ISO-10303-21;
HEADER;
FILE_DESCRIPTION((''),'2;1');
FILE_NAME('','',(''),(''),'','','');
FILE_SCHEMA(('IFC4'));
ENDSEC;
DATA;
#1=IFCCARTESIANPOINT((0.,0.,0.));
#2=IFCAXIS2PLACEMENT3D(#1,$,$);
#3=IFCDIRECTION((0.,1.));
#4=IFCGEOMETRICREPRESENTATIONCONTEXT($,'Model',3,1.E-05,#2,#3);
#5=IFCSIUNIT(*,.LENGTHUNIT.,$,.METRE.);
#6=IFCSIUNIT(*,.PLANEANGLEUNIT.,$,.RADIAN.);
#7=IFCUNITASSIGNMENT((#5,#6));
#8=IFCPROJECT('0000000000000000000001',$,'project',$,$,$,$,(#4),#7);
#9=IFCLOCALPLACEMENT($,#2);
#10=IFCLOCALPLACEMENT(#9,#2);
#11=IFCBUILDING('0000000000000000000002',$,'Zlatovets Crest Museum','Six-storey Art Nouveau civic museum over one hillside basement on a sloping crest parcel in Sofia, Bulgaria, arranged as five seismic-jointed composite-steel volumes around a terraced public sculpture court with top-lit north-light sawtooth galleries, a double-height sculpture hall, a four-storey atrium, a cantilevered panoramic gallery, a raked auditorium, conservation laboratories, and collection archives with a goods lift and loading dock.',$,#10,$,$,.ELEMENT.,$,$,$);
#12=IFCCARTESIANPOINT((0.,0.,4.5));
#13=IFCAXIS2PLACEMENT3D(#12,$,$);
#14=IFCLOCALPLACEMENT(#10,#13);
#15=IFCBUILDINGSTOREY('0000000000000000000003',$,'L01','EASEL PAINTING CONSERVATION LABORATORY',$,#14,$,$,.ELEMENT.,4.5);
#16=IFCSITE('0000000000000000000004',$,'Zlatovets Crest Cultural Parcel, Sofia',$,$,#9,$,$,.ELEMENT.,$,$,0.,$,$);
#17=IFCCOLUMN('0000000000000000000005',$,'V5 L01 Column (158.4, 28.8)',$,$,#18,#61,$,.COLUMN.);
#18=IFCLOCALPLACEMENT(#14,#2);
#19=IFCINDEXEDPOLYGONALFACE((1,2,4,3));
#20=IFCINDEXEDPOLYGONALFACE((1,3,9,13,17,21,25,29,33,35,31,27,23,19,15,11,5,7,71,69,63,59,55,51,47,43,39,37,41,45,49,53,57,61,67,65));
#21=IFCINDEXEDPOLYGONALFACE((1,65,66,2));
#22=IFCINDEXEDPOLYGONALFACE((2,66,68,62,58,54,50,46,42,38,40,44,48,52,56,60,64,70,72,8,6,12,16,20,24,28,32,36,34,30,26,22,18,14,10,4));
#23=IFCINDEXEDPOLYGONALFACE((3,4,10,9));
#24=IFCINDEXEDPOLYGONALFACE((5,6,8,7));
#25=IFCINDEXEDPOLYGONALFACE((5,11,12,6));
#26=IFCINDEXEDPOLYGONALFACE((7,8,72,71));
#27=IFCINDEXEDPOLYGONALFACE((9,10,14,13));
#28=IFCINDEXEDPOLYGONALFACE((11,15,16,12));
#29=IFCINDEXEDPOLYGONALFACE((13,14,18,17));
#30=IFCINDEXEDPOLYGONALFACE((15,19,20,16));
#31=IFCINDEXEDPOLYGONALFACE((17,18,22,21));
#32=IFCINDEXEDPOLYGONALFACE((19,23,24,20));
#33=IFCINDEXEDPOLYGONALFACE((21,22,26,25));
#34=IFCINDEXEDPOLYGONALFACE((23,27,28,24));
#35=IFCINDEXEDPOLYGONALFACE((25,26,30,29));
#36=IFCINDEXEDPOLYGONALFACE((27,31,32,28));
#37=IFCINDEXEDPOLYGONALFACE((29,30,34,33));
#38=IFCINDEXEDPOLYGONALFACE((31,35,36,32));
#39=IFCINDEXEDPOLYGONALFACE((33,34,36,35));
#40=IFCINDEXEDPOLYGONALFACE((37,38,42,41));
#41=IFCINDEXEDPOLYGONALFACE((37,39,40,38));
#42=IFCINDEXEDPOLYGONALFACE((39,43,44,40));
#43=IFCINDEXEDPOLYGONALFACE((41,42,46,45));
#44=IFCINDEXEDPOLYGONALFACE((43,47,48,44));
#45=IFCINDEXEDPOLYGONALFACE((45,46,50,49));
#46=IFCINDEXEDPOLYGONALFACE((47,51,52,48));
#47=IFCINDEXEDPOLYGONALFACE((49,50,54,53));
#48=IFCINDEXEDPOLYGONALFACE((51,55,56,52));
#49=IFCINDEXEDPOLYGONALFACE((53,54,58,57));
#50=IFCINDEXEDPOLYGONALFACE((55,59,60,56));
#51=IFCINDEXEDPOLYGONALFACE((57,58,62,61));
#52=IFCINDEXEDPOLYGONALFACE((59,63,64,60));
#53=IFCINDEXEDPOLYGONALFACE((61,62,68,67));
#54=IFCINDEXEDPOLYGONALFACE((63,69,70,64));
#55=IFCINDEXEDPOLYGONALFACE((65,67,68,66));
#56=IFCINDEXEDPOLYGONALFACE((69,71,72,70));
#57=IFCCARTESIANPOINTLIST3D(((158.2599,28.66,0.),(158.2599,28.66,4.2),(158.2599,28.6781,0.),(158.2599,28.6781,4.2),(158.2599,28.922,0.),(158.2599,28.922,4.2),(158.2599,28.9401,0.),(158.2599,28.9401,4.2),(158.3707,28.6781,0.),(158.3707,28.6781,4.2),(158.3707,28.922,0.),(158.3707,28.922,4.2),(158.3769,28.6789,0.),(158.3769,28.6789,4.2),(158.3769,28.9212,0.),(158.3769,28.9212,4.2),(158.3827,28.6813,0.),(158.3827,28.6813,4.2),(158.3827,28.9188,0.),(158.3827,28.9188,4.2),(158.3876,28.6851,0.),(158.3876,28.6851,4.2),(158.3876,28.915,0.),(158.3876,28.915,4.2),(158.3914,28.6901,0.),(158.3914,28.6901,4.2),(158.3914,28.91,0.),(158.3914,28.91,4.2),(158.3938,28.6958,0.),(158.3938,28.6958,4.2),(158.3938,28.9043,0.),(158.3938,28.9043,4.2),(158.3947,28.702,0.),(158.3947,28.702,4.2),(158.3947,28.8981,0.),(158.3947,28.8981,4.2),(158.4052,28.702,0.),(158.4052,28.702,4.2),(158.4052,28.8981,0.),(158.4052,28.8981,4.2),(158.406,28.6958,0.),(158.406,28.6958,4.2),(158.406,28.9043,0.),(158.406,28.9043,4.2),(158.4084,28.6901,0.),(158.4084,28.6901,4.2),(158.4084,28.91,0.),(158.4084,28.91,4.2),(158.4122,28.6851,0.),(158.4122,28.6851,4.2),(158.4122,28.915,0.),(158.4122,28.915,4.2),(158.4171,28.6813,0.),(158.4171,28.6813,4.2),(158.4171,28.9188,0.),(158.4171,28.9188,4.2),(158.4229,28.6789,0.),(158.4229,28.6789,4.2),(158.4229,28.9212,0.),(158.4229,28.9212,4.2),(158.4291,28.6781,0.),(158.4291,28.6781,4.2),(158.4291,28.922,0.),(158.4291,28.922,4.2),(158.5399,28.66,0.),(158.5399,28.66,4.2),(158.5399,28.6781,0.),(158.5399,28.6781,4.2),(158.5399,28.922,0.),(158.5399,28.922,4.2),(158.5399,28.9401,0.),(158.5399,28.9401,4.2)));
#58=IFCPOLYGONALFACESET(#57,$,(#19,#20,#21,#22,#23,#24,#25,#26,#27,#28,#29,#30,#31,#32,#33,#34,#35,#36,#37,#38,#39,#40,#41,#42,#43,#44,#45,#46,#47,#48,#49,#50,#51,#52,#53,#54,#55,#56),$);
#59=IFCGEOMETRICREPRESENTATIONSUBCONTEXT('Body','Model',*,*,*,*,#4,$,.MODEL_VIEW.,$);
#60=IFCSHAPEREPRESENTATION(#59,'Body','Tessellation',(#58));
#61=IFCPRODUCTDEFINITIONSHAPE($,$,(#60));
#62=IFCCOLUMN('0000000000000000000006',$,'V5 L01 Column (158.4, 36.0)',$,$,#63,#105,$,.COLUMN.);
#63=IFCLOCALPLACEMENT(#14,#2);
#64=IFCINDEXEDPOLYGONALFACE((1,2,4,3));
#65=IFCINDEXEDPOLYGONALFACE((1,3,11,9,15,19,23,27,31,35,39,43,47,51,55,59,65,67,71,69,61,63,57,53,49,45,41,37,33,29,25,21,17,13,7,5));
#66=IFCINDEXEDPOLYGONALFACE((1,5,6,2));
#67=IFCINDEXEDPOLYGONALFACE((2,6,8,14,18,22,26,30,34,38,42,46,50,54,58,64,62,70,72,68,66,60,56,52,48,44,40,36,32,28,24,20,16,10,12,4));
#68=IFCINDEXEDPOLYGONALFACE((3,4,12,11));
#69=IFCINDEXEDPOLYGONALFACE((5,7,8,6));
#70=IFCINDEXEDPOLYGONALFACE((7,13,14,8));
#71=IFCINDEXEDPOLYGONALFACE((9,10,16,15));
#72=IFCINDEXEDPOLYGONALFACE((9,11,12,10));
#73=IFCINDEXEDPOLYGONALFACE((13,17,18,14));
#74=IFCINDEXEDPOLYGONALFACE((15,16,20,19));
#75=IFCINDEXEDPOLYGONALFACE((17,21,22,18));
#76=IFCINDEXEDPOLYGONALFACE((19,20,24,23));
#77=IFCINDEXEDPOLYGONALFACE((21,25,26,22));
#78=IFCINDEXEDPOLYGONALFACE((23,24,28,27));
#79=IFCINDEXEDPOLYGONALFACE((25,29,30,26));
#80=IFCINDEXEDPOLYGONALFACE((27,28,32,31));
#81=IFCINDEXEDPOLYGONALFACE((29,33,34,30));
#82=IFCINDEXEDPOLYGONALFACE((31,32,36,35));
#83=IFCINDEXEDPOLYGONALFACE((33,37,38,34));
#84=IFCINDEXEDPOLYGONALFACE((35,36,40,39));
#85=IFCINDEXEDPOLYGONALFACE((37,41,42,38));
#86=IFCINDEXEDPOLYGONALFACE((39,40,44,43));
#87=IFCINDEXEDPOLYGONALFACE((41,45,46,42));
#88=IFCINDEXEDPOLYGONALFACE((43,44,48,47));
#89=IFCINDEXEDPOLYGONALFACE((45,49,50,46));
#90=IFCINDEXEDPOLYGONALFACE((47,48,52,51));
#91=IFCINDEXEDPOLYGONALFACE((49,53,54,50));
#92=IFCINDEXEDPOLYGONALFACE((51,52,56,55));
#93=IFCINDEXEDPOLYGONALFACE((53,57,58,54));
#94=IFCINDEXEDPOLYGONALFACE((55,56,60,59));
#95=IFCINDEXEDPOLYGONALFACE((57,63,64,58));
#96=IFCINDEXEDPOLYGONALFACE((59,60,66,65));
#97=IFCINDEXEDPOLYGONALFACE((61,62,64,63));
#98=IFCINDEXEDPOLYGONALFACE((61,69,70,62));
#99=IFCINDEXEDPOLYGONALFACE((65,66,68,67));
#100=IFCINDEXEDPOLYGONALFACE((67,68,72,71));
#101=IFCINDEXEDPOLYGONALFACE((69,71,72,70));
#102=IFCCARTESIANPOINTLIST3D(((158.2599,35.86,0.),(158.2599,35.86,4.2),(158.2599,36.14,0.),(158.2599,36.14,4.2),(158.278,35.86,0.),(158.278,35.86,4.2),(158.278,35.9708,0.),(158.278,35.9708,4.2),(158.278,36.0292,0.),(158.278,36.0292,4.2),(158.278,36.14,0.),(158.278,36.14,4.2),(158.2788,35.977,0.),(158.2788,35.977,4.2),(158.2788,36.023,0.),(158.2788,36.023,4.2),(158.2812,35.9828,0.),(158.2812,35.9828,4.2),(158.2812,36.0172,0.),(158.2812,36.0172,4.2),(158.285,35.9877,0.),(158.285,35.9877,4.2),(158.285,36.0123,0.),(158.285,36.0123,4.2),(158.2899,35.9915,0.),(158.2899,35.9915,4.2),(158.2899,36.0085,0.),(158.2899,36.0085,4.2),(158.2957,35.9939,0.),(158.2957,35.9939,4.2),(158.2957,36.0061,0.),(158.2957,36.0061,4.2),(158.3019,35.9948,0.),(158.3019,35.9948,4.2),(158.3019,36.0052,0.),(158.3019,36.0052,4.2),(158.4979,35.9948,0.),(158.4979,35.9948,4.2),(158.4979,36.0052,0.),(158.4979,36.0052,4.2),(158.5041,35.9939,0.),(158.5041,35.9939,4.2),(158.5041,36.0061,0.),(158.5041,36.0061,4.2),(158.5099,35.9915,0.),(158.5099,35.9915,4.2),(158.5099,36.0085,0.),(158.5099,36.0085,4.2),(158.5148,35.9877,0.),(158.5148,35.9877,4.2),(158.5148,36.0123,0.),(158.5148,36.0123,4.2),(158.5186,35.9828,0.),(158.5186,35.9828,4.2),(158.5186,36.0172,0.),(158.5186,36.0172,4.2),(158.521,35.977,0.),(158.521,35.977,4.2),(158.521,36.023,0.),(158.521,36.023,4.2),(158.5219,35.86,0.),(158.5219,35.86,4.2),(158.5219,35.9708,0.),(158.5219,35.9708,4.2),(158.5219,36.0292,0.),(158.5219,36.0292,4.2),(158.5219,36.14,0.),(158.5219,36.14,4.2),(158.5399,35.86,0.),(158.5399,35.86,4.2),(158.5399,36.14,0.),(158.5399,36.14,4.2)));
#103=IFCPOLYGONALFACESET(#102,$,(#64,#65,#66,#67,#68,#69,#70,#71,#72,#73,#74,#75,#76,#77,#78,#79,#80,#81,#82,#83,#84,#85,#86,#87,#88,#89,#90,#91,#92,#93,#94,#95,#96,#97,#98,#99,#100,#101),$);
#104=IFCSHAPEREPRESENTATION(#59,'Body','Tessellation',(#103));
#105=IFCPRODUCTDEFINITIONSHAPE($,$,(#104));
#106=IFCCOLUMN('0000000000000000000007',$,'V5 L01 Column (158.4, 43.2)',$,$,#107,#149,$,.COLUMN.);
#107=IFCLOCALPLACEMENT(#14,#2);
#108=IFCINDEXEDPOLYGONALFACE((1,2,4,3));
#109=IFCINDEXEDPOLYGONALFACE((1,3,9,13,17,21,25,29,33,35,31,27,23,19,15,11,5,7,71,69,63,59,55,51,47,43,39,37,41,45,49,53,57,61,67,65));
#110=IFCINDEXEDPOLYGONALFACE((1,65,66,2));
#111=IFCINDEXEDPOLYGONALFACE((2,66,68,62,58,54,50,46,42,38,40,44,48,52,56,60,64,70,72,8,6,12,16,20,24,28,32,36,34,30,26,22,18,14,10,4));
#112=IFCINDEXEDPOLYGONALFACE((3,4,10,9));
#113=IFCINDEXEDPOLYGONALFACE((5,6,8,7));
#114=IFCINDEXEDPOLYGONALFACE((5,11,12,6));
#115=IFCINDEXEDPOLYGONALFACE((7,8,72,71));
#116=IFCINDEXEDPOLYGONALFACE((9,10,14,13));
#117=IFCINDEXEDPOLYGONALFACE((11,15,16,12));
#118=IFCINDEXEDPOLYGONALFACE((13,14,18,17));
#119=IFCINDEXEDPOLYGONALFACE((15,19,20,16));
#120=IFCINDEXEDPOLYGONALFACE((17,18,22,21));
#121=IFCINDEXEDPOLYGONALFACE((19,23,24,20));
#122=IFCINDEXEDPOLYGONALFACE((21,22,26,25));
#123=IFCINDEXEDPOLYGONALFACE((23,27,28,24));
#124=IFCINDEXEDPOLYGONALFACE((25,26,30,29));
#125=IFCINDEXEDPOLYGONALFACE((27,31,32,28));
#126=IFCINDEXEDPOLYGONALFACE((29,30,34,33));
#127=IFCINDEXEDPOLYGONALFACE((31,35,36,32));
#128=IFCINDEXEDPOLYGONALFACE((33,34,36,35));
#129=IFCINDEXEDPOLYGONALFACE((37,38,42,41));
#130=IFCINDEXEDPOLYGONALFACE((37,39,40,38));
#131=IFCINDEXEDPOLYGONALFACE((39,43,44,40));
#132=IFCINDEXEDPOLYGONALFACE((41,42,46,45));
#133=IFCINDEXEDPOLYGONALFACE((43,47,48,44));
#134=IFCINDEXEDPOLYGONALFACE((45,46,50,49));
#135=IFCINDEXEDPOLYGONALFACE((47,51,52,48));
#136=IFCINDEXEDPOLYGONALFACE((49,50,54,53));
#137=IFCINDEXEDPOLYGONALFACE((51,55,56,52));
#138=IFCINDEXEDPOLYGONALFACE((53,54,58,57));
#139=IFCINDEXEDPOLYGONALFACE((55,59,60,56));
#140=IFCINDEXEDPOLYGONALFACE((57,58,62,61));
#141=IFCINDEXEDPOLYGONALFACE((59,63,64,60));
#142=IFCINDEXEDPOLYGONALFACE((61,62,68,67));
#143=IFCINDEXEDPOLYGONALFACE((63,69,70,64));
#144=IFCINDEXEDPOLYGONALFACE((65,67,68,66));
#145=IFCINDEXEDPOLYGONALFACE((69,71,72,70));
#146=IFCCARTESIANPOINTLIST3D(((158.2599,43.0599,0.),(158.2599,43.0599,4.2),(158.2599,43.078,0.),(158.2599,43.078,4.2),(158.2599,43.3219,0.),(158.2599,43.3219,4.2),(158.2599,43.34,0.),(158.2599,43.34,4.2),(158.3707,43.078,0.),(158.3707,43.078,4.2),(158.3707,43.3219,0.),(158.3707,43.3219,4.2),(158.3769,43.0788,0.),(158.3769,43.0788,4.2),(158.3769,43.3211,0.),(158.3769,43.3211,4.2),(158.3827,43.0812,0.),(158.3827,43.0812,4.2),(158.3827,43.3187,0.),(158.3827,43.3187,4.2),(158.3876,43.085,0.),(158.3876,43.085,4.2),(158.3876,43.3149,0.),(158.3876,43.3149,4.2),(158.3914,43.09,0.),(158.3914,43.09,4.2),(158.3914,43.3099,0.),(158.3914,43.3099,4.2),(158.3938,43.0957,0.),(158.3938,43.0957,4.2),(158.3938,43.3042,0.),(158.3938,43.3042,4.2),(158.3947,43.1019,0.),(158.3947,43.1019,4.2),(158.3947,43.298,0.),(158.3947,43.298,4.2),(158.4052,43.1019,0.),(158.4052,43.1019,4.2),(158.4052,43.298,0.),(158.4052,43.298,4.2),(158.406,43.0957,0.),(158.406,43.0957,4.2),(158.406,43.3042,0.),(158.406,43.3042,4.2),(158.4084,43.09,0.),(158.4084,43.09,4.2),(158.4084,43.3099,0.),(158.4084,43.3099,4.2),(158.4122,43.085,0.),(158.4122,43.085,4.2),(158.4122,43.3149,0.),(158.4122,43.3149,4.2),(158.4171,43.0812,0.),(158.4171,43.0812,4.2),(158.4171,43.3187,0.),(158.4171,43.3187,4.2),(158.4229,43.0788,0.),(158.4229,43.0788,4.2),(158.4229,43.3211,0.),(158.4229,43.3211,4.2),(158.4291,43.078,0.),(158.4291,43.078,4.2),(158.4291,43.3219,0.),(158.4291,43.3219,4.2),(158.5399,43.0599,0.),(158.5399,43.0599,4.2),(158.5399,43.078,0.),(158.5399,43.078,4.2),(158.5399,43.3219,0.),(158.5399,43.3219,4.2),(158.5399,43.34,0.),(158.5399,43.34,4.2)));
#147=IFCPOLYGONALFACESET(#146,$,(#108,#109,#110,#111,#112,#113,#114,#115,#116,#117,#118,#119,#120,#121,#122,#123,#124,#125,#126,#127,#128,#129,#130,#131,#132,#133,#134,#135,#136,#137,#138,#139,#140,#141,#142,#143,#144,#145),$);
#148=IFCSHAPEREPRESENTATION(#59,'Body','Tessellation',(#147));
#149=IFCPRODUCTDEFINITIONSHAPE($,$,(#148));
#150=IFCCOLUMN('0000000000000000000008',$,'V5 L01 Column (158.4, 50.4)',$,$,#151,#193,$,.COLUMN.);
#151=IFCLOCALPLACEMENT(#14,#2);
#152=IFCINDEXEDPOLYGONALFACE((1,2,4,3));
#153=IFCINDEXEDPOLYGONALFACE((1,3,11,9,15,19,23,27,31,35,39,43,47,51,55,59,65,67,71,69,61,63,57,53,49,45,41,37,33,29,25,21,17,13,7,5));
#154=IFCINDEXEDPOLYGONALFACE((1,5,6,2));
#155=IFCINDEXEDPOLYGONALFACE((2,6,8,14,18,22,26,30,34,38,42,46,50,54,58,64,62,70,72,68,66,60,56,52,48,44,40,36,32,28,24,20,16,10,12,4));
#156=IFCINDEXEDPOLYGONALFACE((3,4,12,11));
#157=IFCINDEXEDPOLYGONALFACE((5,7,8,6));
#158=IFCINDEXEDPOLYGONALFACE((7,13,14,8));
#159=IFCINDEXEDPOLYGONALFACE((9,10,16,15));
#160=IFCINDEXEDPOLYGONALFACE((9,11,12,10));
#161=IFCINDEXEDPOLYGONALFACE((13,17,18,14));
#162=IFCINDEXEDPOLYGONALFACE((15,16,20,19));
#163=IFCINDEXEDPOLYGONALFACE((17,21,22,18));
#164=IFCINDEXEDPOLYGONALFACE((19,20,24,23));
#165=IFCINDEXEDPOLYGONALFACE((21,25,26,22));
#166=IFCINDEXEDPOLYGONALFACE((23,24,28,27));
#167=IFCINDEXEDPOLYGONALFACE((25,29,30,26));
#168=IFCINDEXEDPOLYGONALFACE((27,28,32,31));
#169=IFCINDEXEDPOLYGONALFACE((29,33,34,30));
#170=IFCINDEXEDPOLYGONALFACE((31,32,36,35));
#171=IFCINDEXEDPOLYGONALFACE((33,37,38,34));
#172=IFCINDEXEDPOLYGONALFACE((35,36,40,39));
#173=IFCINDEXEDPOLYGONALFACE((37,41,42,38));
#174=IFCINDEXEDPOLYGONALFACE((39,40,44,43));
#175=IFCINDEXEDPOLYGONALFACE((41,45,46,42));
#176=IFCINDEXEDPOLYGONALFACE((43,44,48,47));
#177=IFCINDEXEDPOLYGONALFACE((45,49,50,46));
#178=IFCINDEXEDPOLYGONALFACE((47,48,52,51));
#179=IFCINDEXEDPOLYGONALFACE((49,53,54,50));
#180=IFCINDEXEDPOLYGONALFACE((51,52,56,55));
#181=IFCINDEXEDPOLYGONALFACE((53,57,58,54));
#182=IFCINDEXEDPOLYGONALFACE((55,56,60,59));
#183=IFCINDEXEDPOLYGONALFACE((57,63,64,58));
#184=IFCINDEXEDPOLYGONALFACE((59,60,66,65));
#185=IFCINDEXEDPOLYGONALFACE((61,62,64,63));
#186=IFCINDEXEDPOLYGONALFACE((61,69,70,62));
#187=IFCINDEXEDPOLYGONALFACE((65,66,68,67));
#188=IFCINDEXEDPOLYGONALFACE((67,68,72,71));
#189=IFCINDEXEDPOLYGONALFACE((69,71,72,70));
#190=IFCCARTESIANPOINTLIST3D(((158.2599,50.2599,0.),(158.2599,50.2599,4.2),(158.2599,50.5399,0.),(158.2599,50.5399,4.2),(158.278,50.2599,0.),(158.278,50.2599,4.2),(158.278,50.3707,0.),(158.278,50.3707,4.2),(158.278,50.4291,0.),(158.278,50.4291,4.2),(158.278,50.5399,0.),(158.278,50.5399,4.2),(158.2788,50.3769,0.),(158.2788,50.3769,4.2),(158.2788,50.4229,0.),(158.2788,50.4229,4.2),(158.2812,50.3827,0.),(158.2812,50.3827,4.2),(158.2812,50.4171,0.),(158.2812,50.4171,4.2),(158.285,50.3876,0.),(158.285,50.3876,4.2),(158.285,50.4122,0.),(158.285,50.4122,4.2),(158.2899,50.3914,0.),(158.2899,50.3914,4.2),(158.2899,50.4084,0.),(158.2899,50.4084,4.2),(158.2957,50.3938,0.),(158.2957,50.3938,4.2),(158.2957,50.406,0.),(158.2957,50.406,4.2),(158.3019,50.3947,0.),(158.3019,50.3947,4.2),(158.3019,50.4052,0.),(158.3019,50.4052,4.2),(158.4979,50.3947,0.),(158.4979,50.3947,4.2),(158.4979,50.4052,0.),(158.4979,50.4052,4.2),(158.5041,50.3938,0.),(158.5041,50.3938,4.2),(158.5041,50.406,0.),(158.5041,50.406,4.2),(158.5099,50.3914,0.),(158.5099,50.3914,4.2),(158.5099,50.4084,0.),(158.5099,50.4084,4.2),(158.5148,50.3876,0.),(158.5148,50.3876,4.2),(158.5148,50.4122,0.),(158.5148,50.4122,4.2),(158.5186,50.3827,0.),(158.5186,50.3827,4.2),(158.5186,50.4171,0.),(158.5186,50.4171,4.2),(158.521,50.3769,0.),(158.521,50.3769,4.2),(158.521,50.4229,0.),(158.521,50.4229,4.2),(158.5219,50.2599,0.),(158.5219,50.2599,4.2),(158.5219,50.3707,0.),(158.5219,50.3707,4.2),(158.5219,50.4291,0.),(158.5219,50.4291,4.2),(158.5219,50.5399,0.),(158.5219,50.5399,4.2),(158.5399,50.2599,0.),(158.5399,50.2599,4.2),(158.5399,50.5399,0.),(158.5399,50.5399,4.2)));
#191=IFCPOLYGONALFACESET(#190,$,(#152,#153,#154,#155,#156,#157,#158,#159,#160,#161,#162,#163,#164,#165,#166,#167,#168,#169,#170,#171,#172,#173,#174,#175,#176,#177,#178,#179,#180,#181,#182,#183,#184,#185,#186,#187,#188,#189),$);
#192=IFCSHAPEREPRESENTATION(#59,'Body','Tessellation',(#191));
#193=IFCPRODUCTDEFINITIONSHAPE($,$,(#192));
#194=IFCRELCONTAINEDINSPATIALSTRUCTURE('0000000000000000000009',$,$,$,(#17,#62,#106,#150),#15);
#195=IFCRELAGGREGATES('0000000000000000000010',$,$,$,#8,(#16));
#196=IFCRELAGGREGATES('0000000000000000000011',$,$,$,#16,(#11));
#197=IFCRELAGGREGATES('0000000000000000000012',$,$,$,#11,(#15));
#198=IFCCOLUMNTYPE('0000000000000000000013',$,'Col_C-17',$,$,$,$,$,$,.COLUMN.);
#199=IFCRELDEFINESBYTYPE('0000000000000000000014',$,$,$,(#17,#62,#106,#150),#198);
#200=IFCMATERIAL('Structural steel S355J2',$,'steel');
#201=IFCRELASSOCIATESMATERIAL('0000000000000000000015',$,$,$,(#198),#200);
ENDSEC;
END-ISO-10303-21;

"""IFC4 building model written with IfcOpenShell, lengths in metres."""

from ifc_helpers import new_model, si_unit, direction, frame, origin, origin_2d, place, context, subcontext, project, spatial, i_section, extrude, material, material_profile, profile_set, type_object, element, save


model = new_model("IFC4")

# Units and contexts
model_context = context("Model", 3, precision=1e-05, world=origin(), true_north=direction((0.0, 1.0)))
body_context = subcontext(model_context, "Body", "Model", "MODEL_VIEW")
ifc_project = project(units=[si_unit("LENGTHUNIT", "METRE"), si_unit("PLANEANGLEUNIT", "RADIAN")], contexts=[model_context])

# Site, building, storey
site_placement = place(None, origin())
site = spatial("IfcSite", under=ifc_project, at=site_placement, Name="Zlatovets Crest Cultural Parcel, Sofia", CompositionType="ELEMENT", RefElevation=0.0)
building_placement = place(site_placement, origin())
building = spatial("IfcBuilding", under=site, at=building_placement, Name="Zlatovets Crest Museum", Description="Six-storey Art Nouveau civic museum over one hillside basement on a sloping crest parcel in Sofia, Bulgaria, arranged as five seismic-jointed composite-steel volumes around a terraced public sculpture court with top-lit north-light sawtooth galleries, a double-height sculpture hall, a four-storey atrium, a cantilevered panoramic gallery, a raked auditorium, conservation laboratories, and collection archives with a goods lift and loading dock.", CompositionType="ELEMENT")
storey_placement = place(building_placement, frame((0.0, 0.0, 4.5)))
storey = spatial("IfcBuildingStorey", under=building, at=storey_placement, Name="L01", Description="EASEL PAINTING CONSERVATION LABORATORY", CompositionType="ELEMENT", Elevation=4.5)

# Columns
ifc_material_1 = material(Name="Structural steel S355J2", Category="steel")
ifc_material_profile_1 = material_profile(ifc_material_1, i_section(OverallWidth=0.28, OverallDepth=0.28, WebThickness=0.0105, FlangeThickness=0.0181, FilletRadius=0.0239, at=origin_2d()), Name="HEB 280")
ifc_profile_set_1 = profile_set([ifc_material_profile_1], Name="Structural steel S355J2")
column_type = type_object("IfcColumnType", Name="Col_C-17", PredefinedType="COLUMN", material=ifc_profile_set_1)
for number, where, z_axis, x_axis, name in (
    (1, (158.3999, 28.8, 0.0), (0.0, 0.0, 1.0), (1.0, 0.0, 0.0), "V5 L01 Column (158.4, 28.8)"),
    (2, (158.3999, 36.0, 0.0), (0.0, 0.0, 1.0), (0.0, 1.0, 0.0), "V5 L01 Column (158.4, 36.0)"),
    (3, (158.3999, 43.2, 0.0), (0.0, 0.0, 1.0), (1.0, 0.0, 0.0), "V5 L01 Column (158.4, 43.2)"),
    (4, (158.3999, 50.3999, 0.0), (0.0, 0.0, 1.0), (0.0, 1.0, 0.0), "V5 L01 Column (158.4, 50.4)"),
):
    element("IfcColumn", number, at=place(storey_placement, frame(where, z_axis=z_axis, x_axis=x_axis)), inside=storey, type_object=column_type, Name=name, PredefinedType="COLUMN", context=body_context, shape_type="SweptSolid", body=[
        extrude(i_section(OverallWidth=0.28, OverallDepth=0.28, WebThickness=0.0105, FlangeThickness=0.0181, FilletRadius=0.0239, at=origin_2d()), origin(), (0.0, 0.0, 1.0), 4.2),
    ])

save(model, "model.ifc")
